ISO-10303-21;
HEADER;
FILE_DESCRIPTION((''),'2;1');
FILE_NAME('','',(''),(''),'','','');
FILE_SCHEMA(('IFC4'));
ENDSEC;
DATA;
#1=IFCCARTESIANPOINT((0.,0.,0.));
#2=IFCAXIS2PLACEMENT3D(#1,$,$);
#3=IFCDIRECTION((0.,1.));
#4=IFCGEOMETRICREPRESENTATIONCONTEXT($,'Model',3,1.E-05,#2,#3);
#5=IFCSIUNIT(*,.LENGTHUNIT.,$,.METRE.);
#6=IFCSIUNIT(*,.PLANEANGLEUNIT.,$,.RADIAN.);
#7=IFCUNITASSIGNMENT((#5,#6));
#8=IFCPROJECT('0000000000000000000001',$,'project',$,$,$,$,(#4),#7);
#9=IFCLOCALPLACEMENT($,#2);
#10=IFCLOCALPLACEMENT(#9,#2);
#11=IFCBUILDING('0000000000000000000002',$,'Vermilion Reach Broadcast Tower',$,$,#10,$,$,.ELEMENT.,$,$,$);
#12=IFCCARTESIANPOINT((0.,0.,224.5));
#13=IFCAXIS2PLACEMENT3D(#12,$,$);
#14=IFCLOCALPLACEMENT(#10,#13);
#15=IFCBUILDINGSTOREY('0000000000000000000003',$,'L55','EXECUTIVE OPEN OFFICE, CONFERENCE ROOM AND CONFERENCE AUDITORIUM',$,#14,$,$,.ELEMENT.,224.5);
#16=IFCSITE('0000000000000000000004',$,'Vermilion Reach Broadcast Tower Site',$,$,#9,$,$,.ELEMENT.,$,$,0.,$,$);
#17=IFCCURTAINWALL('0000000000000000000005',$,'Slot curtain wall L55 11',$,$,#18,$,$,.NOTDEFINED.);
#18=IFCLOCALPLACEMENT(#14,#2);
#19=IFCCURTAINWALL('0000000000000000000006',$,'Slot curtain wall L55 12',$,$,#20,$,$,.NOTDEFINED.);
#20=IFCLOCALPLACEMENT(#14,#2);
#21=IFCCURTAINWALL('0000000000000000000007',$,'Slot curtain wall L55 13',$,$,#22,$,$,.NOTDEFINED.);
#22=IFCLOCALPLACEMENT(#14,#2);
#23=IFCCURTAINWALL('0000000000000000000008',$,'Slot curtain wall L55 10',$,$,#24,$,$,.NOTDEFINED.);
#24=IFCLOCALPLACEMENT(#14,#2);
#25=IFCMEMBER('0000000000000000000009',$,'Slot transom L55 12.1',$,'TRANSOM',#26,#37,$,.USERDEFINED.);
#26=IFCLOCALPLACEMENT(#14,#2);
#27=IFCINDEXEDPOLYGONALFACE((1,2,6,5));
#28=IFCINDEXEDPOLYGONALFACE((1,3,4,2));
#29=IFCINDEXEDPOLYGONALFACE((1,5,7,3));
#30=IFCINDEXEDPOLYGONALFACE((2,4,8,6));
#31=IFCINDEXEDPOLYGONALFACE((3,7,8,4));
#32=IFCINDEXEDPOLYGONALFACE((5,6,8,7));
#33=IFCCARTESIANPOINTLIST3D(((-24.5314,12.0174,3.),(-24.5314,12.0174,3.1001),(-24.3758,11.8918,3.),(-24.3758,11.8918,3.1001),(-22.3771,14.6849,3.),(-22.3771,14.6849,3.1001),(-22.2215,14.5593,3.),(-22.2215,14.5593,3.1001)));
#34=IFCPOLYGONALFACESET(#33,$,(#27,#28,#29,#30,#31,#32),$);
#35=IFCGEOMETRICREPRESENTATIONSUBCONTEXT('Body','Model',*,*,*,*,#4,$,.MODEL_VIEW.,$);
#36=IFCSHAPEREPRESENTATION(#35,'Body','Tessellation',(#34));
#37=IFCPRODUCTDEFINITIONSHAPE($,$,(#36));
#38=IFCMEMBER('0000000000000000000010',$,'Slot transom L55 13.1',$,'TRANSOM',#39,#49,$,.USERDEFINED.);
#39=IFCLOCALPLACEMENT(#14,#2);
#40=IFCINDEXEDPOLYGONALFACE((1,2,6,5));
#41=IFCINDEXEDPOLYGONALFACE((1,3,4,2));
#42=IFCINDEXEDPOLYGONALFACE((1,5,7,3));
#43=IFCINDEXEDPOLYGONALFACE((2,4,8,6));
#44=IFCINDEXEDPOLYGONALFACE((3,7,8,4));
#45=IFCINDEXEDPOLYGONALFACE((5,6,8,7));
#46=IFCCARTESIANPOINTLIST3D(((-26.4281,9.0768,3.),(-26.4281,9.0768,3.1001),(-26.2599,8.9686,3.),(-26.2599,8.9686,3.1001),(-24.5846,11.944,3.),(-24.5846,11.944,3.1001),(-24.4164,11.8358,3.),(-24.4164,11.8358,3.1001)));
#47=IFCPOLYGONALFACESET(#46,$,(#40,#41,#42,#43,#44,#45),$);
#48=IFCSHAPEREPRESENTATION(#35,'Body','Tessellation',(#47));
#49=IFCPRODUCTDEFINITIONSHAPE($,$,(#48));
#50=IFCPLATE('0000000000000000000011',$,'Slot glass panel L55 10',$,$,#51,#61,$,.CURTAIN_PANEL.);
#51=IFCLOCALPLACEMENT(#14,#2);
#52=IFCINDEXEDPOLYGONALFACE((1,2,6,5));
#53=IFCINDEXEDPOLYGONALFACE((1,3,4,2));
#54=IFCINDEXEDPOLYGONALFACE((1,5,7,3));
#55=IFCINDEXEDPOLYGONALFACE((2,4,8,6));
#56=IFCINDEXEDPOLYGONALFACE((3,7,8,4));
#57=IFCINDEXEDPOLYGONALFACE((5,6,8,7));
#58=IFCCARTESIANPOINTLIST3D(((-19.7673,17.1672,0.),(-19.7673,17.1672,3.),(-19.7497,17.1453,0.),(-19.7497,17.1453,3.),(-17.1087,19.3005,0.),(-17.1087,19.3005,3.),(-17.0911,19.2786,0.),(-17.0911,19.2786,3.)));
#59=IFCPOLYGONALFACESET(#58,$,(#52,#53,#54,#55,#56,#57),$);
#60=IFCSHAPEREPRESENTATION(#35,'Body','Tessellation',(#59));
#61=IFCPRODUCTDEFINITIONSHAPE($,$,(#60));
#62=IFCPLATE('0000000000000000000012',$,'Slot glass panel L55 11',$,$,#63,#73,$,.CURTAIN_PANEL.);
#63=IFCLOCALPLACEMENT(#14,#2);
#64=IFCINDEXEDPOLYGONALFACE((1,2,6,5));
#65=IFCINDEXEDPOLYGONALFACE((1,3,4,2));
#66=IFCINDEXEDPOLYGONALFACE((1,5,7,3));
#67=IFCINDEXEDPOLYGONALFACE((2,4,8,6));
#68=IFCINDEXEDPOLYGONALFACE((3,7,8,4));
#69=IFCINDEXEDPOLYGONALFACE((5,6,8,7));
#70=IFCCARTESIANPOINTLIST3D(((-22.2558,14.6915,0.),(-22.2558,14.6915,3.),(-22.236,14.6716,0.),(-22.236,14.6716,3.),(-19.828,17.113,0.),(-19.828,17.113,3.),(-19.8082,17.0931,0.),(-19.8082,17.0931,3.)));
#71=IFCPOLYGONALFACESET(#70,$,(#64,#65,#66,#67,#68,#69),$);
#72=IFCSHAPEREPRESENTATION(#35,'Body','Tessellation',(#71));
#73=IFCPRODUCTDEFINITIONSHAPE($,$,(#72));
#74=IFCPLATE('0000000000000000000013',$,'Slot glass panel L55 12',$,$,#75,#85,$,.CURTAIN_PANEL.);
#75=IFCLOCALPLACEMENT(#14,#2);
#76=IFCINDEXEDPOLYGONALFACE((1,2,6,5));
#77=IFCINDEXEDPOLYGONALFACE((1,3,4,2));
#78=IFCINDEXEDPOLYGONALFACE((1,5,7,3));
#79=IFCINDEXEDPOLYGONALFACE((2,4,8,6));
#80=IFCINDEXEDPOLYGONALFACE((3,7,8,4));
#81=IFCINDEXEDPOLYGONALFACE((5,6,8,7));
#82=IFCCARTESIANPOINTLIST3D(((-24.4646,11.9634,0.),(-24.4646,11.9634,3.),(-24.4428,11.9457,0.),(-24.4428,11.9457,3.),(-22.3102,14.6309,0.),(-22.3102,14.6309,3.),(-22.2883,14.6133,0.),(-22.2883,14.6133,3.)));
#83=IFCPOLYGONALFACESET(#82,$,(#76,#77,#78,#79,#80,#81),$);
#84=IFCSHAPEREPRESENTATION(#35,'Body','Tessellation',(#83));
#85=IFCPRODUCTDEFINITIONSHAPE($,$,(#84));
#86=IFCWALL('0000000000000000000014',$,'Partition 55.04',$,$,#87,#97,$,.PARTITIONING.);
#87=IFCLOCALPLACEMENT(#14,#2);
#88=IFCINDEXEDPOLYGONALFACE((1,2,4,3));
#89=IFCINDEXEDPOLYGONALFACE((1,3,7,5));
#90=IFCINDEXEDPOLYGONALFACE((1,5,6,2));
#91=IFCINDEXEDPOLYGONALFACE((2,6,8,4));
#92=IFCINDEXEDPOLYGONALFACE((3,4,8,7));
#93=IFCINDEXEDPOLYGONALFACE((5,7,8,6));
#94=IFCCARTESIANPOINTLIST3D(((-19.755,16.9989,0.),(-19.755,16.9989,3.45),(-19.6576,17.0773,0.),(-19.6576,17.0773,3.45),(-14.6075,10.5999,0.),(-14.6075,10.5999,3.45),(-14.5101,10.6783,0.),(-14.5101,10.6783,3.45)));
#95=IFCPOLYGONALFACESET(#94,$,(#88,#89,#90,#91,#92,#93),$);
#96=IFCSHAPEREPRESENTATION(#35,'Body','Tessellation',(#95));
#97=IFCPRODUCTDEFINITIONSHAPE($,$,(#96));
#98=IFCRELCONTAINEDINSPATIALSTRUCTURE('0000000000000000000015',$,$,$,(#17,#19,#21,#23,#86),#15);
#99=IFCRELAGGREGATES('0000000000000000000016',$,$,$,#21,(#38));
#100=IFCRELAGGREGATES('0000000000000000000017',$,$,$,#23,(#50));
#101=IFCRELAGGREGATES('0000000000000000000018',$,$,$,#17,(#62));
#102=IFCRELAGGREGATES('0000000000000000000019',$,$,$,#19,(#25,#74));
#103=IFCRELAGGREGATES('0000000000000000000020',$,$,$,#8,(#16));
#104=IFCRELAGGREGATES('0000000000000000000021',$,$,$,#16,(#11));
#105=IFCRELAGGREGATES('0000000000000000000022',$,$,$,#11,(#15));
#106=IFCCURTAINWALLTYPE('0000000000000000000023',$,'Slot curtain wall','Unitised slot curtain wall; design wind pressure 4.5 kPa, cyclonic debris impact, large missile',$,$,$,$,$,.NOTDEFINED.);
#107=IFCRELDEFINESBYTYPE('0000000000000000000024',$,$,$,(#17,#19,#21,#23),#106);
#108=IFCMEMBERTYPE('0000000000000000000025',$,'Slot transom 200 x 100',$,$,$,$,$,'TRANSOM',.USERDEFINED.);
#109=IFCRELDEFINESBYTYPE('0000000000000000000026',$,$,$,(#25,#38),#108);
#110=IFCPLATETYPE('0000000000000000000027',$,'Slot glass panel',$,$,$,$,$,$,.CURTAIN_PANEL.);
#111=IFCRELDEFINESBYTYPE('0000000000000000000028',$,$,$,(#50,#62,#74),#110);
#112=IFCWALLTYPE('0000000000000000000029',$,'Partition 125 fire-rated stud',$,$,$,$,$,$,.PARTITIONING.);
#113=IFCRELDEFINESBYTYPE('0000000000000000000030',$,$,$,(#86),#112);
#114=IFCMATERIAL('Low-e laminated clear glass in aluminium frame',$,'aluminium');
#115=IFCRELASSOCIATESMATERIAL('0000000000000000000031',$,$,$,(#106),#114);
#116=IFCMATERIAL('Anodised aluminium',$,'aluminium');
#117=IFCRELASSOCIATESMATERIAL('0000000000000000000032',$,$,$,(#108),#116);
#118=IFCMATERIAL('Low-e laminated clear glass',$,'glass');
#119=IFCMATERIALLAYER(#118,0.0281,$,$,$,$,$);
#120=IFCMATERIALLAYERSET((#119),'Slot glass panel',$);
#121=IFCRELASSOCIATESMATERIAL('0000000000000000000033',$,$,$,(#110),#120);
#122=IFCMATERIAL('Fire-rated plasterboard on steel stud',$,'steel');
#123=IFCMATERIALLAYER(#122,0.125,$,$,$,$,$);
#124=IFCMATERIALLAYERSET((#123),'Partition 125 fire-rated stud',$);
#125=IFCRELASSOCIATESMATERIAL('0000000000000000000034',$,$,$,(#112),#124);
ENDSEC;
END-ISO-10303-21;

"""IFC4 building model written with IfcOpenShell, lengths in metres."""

from ifc_helpers import new_model, si_unit, direction, frame, frame_2d, origin, origin_2d, place, context, subcontext, project, spatial, rectangle, extrude, material, layer, layer_set, material_profile, profile_set, type_object, element, aggregate, save


model = new_model("IFC4")

# Units and contexts
model_context = context("Model", 3, precision=1e-05, world=origin(), true_north=direction((0.0, 1.0)))
body_context = subcontext(model_context, "Body", "Model", "MODEL_VIEW")
ifc_project = project(units=[si_unit("LENGTHUNIT", "METRE"), si_unit("PLANEANGLEUNIT", "RADIAN")], contexts=[model_context])

# Site, building, storey
site_placement = place(None, origin())
site = spatial("IfcSite", under=ifc_project, at=site_placement, Name="Vermilion Reach Broadcast Tower Site", CompositionType="ELEMENT", RefElevation=0.0)
building_placement = place(site_placement, origin())
building = spatial("IfcBuilding", under=site, at=building_placement, Name="Vermilion Reach Broadcast Tower", CompositionType="ELEMENT")
storey_placement = place(building_placement, frame((0.0, 0.0, 224.5)))
storey = spatial("IfcBuildingStorey", under=building, at=storey_placement, Name="L55", Description="EXECUTIVE OPEN OFFICE, CONFERENCE ROOM AND CONFERENCE AUDITORIUM", CompositionType="ELEMENT", Elevation=224.5)

# Curtain walls
ifc_material_1 = material(Name="Low-e laminated clear glass in aluminium frame", Category="aluminium")
curtain_wall_type = type_object("IfcCurtainWallType", Name="Slot curtain wall", Description="Unitised slot curtain wall; design wind pressure 4.5 kPa, cyclonic debris impact, large missile", PredefinedType="NOTDEFINED", material=ifc_material_1)
placement = place(storey_placement, origin())
curtain_wall_1 = element("IfcCurtainWall", 1, at=placement, inside=storey, type_object=curtain_wall_type, Name="Slot curtain wall L55 11", PredefinedType="NOTDEFINED")
curtain_wall_2 = element("IfcCurtainWall", 2, at=placement, inside=storey, type_object=curtain_wall_type, Name="Slot curtain wall L55 12", PredefinedType="NOTDEFINED")
curtain_wall_3 = element("IfcCurtainWall", 3, at=placement, inside=storey, type_object=curtain_wall_type, Name="Slot curtain wall L55 13", PredefinedType="NOTDEFINED")
curtain_wall_4 = element("IfcCurtainWall", 4, at=placement, inside=storey, type_object=curtain_wall_type, Name="Slot curtain wall L55 10", PredefinedType="NOTDEFINED")
ifc_material_2 = material(Name="Anodised aluminium", Category="aluminium")
ifc_material_profile_1 = material_profile(ifc_material_2, rectangle(XDim=0.2, YDim=0.1001, at=origin_2d()), Name="Slot transom 200 x 100")
ifc_profile_set_1 = profile_set([ifc_material_profile_1], Name="Anodised aluminium")
member_type_1 = type_object("IfcMemberType", Name="Slot transom 200 x 100", ElementType="TRANSOM", PredefinedType="USERDEFINED", material=ifc_profile_set_1)

# Members
member_1_placement = place(storey_placement, frame((-22.2993, 14.6221, 3.05), z_axis=(-0.628301, -0.777971, 0.0), x_axis=(0.777971, -0.628301, 0.0)))
member_1 = element("IfcMember", 5, at=member_1_placement, type_object=member_type_1, Name="Slot transom L55 12.1", ObjectType="TRANSOM", PredefinedType="USERDEFINED", context=body_context, shape_type="SweptSolid", body=[
    extrude(rectangle(XDim=0.2, YDim=0.1001, at=origin_2d()), origin(), (0.0, 0.0, 1.0), 3.4287),
])
member_2_placement = place(storey_placement, frame((-24.5005, 11.8899, 3.05), z_axis=(-0.540823, -0.841137, 0.0), x_axis=(0.841137, -0.540823, 0.0)))
member_2 = element("IfcMember", 6, at=member_2_placement, type_object=member_type_1, Name="Slot transom L55 13.1", ObjectType="TRANSOM", PredefinedType="USERDEFINED", context=body_context, shape_type="SweptSolid", body=[
    extrude(rectangle(XDim=0.2, YDim=0.1001, at=origin_2d()), origin(), (0.0, 0.0, 1.0), 3.4087),
])
aggregate(curtain_wall_3, [member_2])

# Plates
ifc_material_3 = material(Name="Low-e laminated clear glass", Category="glass")
ifc_layer_1 = layer(ifc_material_3, 0.0281)
ifc_layer_set_1 = layer_set([ifc_layer_1], Name="Slot glass panel")
plate_type = type_object("IfcPlateType", Name="Slot glass panel", PredefinedType="CURTAIN_PANEL", material=ifc_layer_set_1)
plate_1_placement = place(storey_placement, frame((-18.4292, 18.2229, 0.0), z_axis=(0.0, 0.0, 1.0), x_axis=(-0.779967, -0.625821, 0.0)))
plate_1 = element("IfcPlate", 7, at=plate_1_placement, type_object=plate_type, Name="Slot glass panel L55 10", PredefinedType="CURTAIN_PANEL", context=body_context, shape_type="SweptSolid", body=[
    extrude(rectangle(XDim=3.4087, YDim=0.0281, at=origin_2d()), origin(), (0.0, 0.0, 1.0), 3.0),
])
aggregate(curtain_wall_4, [plate_1])
plate_2_placement = place(storey_placement, frame((-21.032, 15.8923, 0.0), z_axis=(0.0, 0.0, 1.0), x_axis=(-0.708023, -0.706189, 0.0)))
plate_2 = element("IfcPlate", 8, at=plate_2_placement, type_object=plate_type, Name="Slot glass panel L55 11", PredefinedType="CURTAIN_PANEL", context=body_context, shape_type="SweptSolid", body=[
    extrude(rectangle(XDim=3.429, YDim=0.0281, at=origin_2d()), origin(), (0.0, 0.0, 1.0), 3.0),
])
aggregate(curtain_wall_1, [plate_2])
plate_3_placement = place(storey_placement, frame((-23.3765, 13.2883, 0.0), z_axis=(0.0, 0.0, 1.0), x_axis=(-0.628312, -0.777962, 0.0)))
plate_3 = element("IfcPlate", 9, at=plate_3_placement, type_object=plate_type, Name="Slot glass panel L55 12", PredefinedType="CURTAIN_PANEL", context=body_context, shape_type="SweptSolid", body=[
    extrude(rectangle(XDim=3.429, YDim=0.0281, at=origin_2d()), origin(), (0.0, 0.0, 1.0), 3.0),
])
aggregate(curtain_wall_2, [member_1, plate_3])

# Wall
ifc_material_4 = material(Name="Fire-rated plasterboard on steel stud", Category="steel")
ifc_layer_2 = layer(ifc_material_4, 0.125)
ifc_layer_set_2 = layer_set([ifc_layer_2], Name="Partition 125 fire-rated stud")
wall_type = type_object("IfcWallType", Name="Partition 125 fire-rated stud", PredefinedType="PARTITIONING", material=ifc_layer_set_2)
wall_placement = place(storey_placement, frame((-19.7063, 17.0381, 0.0), z_axis=(0.0, 0.0, 1.0), x_axis=(0.626796, -0.779184, 0.0)))
element("IfcWall", 10, at=wall_placement, inside=storey, type_object=wall_type, Name="Partition 55.04", PredefinedType="PARTITIONING", context=body_context, shape_type="SweptSolid", body=[
    extrude(rectangle(XDim=8.2124, YDim=0.125, at=frame_2d((4.1062, 0.0))), origin(), (0.0, 0.0, 1.0), 3.45),
])

save(model, "model.ifc")
